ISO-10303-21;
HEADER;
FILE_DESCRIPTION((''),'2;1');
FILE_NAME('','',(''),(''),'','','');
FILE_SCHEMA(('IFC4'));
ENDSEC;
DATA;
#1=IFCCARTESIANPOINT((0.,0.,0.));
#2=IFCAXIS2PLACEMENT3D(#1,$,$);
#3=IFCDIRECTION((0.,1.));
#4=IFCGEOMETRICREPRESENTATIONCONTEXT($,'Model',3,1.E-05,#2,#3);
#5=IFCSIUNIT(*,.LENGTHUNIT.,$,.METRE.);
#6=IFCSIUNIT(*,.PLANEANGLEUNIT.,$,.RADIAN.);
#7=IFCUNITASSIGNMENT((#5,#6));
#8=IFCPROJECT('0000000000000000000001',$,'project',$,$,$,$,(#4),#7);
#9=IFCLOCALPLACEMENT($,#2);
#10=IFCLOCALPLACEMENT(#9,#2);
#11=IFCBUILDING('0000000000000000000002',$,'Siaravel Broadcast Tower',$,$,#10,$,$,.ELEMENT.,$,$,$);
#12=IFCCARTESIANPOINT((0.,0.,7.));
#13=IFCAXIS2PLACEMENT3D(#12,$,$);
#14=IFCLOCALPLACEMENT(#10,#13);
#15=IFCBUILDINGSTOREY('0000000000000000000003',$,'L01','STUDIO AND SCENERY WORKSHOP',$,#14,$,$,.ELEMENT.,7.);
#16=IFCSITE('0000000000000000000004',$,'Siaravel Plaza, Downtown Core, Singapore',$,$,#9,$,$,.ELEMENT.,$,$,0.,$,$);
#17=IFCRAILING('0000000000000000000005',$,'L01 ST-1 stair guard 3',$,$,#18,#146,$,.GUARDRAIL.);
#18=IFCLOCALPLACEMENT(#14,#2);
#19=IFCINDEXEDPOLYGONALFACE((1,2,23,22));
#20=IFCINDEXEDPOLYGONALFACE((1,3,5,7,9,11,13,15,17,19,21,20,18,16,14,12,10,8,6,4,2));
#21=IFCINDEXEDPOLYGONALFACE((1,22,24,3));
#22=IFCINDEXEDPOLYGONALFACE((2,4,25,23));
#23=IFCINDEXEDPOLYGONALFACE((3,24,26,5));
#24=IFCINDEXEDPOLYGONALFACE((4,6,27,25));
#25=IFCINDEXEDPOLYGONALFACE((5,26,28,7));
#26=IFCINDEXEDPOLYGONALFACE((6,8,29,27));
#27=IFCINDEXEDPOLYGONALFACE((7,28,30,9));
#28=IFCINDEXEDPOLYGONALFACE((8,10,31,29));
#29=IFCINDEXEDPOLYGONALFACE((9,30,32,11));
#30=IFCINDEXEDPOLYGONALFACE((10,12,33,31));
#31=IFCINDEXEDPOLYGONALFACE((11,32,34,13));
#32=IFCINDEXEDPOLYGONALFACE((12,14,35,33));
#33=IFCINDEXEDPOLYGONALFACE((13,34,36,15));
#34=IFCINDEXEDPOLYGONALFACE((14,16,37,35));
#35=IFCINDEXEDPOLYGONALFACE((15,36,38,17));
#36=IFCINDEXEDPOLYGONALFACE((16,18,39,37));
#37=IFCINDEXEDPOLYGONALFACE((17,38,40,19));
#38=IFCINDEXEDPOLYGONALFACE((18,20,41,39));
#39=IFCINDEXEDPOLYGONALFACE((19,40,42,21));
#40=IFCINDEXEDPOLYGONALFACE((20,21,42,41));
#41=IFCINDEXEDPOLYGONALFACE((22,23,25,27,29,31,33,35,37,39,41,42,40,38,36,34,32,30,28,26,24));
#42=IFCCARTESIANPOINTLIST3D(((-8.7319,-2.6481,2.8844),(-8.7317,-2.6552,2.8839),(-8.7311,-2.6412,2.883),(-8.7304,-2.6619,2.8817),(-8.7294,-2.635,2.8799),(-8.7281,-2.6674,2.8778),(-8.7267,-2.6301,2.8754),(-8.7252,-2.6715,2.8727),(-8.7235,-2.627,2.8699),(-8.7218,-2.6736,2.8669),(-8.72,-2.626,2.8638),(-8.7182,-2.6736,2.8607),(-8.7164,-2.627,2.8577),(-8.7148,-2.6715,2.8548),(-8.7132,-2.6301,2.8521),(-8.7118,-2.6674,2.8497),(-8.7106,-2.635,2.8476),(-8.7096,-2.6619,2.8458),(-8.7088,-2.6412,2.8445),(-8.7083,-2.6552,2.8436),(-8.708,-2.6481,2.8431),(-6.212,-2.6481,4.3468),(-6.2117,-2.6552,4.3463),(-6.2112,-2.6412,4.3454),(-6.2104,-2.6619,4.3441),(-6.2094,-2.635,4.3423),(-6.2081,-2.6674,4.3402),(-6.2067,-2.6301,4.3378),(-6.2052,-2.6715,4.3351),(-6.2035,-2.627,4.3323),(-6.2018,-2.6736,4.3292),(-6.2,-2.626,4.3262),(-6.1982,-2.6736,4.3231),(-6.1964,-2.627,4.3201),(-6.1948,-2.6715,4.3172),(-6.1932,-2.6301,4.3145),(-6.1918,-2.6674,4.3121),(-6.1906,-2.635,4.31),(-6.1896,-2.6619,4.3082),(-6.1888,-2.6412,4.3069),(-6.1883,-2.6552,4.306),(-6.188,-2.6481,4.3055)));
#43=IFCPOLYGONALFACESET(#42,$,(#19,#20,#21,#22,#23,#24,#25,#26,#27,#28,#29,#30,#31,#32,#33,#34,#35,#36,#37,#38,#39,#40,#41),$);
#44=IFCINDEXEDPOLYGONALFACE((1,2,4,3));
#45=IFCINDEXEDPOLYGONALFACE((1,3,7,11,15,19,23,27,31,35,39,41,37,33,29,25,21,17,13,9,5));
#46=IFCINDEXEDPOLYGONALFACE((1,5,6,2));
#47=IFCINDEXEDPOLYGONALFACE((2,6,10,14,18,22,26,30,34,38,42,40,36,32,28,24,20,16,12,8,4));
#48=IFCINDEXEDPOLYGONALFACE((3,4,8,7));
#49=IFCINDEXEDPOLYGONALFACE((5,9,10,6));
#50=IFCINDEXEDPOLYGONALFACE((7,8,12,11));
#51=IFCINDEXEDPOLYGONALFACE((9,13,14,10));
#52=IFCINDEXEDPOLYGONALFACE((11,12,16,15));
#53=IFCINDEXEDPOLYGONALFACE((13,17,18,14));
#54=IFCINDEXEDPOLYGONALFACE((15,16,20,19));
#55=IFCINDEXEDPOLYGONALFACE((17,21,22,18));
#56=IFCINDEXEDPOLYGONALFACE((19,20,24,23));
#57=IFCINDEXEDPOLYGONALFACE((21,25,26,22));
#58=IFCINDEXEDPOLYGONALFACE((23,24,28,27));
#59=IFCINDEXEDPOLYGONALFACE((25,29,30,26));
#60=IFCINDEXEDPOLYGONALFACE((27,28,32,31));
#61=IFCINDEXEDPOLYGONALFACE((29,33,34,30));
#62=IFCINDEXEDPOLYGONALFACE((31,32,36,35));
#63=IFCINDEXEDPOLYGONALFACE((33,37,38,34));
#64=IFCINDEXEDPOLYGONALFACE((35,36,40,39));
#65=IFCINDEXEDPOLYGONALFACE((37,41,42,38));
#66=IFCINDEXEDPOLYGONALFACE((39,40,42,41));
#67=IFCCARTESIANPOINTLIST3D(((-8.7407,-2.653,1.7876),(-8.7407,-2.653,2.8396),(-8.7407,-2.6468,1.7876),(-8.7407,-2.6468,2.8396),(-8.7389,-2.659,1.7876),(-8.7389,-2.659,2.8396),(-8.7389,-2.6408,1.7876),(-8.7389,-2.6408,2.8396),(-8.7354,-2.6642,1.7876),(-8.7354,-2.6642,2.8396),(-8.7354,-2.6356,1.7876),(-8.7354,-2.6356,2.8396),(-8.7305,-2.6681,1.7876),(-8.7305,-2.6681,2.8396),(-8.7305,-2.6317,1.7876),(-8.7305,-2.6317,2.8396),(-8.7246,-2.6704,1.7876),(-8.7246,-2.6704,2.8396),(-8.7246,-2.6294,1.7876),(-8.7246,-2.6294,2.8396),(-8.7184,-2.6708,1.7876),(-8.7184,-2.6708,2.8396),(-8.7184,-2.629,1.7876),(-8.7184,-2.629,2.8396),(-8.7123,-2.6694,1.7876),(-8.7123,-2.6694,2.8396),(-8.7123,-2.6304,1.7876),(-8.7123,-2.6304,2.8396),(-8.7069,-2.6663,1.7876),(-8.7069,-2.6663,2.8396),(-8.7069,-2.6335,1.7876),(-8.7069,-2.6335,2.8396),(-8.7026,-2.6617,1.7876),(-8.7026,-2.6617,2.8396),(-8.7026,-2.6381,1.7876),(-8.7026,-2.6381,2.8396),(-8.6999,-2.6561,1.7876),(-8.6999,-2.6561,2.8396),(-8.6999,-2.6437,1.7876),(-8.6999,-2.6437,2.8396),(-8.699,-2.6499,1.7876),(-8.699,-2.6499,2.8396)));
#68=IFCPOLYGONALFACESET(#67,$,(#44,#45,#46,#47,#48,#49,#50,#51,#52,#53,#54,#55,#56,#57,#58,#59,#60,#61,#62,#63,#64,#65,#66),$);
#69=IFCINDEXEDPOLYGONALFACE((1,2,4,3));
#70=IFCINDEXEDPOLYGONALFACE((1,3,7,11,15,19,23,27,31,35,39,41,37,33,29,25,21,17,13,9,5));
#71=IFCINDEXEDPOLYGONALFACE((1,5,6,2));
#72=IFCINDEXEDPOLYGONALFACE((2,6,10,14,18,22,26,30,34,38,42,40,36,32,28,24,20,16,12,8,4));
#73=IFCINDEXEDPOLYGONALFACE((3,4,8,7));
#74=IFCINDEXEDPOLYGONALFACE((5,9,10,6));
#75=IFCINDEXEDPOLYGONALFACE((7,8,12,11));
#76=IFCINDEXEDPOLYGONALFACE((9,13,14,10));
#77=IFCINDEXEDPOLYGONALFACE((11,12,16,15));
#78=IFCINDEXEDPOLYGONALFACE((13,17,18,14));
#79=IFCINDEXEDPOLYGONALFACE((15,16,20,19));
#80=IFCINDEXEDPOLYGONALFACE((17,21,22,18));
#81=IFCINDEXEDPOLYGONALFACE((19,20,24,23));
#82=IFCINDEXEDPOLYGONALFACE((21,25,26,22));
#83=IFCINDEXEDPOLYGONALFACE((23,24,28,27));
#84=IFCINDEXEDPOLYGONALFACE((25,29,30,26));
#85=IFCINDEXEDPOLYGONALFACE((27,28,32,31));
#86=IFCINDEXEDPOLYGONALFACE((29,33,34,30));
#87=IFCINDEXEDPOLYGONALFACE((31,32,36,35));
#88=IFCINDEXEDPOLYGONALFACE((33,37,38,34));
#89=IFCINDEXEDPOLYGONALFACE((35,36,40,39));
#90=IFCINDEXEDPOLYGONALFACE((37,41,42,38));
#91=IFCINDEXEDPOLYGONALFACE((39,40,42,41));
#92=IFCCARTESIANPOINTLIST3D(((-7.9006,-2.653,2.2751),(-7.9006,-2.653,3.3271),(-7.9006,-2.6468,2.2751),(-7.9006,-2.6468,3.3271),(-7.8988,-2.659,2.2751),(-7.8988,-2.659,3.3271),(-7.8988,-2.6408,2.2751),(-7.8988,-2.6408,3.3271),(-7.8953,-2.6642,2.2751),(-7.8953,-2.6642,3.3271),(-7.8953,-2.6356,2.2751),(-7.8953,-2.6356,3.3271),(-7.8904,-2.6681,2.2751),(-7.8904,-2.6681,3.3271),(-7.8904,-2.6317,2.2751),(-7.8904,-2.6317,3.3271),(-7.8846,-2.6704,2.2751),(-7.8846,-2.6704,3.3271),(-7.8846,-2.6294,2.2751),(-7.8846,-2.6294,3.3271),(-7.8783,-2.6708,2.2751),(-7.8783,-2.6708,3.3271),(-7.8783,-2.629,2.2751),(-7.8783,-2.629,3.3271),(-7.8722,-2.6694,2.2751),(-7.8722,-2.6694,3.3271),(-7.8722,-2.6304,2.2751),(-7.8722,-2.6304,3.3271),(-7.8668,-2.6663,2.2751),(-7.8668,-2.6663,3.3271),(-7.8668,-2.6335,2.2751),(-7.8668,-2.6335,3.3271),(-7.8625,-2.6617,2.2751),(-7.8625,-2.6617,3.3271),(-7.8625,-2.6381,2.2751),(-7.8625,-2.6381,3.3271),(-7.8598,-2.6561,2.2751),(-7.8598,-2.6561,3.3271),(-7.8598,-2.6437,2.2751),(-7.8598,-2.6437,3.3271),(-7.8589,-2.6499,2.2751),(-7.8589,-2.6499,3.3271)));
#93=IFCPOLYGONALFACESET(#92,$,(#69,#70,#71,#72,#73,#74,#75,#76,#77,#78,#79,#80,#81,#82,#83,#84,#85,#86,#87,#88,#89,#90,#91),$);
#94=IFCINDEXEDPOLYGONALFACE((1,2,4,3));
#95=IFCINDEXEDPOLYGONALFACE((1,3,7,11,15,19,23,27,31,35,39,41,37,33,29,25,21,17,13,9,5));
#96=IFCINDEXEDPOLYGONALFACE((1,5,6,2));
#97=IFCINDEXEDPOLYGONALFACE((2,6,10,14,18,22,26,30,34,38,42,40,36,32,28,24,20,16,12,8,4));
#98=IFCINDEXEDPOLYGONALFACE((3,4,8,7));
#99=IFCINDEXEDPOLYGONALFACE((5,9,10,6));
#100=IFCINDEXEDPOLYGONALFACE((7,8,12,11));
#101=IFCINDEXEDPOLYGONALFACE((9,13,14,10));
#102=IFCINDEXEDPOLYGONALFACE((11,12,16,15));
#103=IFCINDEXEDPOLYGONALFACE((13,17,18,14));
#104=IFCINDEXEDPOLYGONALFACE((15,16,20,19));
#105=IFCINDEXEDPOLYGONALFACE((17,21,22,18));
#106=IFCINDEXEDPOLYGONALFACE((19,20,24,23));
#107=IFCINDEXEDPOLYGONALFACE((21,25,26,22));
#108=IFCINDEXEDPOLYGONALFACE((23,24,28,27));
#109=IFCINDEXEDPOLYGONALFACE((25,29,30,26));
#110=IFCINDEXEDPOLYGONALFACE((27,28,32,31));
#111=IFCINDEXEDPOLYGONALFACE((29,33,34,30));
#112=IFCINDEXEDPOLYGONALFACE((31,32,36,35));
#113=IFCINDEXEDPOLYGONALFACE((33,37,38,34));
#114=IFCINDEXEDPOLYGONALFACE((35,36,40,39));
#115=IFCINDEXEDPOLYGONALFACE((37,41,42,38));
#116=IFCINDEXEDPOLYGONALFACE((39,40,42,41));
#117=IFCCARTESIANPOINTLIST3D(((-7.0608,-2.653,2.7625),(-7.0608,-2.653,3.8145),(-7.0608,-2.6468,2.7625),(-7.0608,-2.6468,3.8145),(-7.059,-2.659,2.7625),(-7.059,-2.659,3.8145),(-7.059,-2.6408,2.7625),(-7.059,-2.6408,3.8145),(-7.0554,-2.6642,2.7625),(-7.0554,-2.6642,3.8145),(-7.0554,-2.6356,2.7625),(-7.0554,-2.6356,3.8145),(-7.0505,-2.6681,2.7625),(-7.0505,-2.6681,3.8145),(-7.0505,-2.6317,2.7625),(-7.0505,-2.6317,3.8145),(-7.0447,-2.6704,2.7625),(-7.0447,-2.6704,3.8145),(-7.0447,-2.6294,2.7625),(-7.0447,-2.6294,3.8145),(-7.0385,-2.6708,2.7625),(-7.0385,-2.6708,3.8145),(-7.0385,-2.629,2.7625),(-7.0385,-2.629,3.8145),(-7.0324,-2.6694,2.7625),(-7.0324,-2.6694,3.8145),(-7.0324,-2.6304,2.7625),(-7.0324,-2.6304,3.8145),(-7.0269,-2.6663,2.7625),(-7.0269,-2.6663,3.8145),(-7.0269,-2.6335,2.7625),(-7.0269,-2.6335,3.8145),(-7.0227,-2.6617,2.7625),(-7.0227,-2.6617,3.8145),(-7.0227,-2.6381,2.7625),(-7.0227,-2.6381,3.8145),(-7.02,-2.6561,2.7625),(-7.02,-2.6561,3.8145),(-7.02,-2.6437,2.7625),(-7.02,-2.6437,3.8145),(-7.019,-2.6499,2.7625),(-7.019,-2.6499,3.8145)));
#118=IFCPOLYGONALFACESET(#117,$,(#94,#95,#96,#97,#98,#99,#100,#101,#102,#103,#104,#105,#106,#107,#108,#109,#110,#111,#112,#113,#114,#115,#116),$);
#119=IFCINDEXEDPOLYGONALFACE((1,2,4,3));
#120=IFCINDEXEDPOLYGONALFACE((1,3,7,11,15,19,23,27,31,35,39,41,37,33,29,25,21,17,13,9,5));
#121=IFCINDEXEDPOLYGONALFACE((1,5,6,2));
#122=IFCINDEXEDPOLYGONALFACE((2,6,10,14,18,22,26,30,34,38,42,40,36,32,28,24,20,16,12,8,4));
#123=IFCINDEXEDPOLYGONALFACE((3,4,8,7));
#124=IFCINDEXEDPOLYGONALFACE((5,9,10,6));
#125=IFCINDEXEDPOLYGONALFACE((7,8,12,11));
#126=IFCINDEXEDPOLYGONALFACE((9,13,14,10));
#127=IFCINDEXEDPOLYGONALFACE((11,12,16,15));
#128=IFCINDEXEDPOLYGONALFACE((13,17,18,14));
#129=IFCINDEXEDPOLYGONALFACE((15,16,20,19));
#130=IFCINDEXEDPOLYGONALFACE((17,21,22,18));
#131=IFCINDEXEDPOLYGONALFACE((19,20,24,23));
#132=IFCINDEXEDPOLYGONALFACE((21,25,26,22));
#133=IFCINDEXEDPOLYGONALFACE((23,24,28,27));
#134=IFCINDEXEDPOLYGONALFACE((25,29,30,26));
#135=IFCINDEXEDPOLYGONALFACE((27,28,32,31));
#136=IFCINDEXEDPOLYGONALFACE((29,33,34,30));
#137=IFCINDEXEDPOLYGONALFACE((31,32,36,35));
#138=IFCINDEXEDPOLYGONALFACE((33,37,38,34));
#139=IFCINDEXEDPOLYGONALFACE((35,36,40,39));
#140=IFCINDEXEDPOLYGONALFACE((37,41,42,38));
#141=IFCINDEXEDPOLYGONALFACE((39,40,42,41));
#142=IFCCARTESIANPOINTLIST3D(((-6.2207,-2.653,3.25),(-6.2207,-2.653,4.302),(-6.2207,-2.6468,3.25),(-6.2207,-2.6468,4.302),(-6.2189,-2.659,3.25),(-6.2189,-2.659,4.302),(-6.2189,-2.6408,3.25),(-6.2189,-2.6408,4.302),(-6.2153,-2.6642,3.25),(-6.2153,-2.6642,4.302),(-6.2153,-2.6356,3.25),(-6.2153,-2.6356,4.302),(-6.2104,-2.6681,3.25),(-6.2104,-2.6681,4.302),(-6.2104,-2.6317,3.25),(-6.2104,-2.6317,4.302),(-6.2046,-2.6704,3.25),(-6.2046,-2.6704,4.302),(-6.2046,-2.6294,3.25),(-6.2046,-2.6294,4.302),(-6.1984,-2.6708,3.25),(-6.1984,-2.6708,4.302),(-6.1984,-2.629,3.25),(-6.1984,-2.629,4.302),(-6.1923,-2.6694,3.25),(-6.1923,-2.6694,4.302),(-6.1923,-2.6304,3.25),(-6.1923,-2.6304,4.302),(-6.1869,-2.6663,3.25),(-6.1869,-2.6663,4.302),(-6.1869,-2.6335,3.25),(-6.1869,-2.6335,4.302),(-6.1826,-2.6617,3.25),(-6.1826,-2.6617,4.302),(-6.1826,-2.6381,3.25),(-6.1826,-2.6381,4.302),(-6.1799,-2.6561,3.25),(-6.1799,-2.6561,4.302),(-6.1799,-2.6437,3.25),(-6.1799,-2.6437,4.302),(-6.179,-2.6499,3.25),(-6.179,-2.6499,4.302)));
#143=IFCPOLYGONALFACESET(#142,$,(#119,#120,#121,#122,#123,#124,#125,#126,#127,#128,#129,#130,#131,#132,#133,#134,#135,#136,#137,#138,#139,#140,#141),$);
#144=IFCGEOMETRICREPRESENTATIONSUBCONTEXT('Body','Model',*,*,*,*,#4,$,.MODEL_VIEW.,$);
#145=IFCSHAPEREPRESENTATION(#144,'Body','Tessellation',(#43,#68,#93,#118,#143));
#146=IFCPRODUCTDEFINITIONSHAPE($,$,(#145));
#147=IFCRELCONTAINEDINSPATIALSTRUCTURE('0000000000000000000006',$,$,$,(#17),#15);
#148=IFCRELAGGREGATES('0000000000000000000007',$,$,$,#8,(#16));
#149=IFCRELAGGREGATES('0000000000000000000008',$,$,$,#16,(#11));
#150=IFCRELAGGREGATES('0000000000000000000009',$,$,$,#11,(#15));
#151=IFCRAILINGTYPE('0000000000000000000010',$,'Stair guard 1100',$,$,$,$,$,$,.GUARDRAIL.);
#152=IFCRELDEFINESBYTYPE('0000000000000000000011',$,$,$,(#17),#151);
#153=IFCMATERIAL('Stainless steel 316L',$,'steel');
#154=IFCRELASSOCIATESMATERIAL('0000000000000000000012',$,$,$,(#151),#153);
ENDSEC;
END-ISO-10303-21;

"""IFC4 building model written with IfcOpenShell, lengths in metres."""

from ifc_helpers import new_model, si_unit, direction, frame, origin, origin_2d, place, context, subcontext, project, spatial, circle, extrude, material, type_object, element, save


model = new_model("IFC4")

# Units and contexts
model_context = context("Model", 3, precision=1e-05, world=origin(), true_north=direction((0.0, 1.0)))
body_context = subcontext(model_context, "Body", "Model", "MODEL_VIEW")
ifc_project = project(units=[si_unit("LENGTHUNIT", "METRE"), si_unit("PLANEANGLEUNIT", "RADIAN")], contexts=[model_context])

# Site, building, storey
site_placement = place(None, origin())
site = spatial("IfcSite", under=ifc_project, at=site_placement, Name="Siaravel Plaza, Downtown Core, Singapore", CompositionType="ELEMENT", RefElevation=0.0)
building_placement = place(site_placement, origin())
building = spatial("IfcBuilding", under=site, at=building_placement, Name="Siaravel Broadcast Tower", CompositionType="ELEMENT")
storey_placement = place(building_placement, frame((0.0, 0.0, 7.0)))
storey = spatial("IfcBuildingStorey", under=building, at=storey_placement, Name="L01", Description="STUDIO AND SCENERY WORKSHOP", CompositionType="ELEMENT", Elevation=7.0)

# Railing
ifc_material_1 = material(Name="Stainless steel 316L", Category="steel")
railing_type_1 = type_object("IfcRailingType", Name="Stair guard 1100", PredefinedType="GUARDRAIL", material=ifc_material_1)
railing_1_placement = place(storey_placement, frame((-8.72, -2.6499, 1.7876)))
element("IfcRailing", 1, at=railing_1_placement, inside=storey, type_object=railing_type_1, Name="L01 ST-1 stair guard 3", PredefinedType="GUARDRAIL", context=body_context, shape_type="SweptSolid", body=[
    extrude(circle(Radius=0.0239, at=origin_2d()), frame((0.0, 0.0, 1.0762), z_axis=(0.864913, 0.0, 0.501921), x_axis=(0.0, 1.0, 0.0)), (0.0, 0.0, 1.0), 2.9136),
    extrude(circle(Radius=0.021, at=origin_2d()), origin(), (0.0, 0.0, 1.0), 1.052),
    extrude(circle(Radius=0.021, at=origin_2d()), frame((0.8401, 0.0, 0.4875)), (0.0, 0.0, 1.0), 1.052),
    extrude(circle(Radius=0.021, at=origin_2d()), frame((1.6799, 0.0, 0.9749)), (0.0, 0.0, 1.0), 1.052),
    extrude(circle(Radius=0.021, at=origin_2d()), frame((2.52, 0.0, 1.4624)), (0.0, 0.0, 1.0), 1.052),
])

save(model, "model.ifc")
